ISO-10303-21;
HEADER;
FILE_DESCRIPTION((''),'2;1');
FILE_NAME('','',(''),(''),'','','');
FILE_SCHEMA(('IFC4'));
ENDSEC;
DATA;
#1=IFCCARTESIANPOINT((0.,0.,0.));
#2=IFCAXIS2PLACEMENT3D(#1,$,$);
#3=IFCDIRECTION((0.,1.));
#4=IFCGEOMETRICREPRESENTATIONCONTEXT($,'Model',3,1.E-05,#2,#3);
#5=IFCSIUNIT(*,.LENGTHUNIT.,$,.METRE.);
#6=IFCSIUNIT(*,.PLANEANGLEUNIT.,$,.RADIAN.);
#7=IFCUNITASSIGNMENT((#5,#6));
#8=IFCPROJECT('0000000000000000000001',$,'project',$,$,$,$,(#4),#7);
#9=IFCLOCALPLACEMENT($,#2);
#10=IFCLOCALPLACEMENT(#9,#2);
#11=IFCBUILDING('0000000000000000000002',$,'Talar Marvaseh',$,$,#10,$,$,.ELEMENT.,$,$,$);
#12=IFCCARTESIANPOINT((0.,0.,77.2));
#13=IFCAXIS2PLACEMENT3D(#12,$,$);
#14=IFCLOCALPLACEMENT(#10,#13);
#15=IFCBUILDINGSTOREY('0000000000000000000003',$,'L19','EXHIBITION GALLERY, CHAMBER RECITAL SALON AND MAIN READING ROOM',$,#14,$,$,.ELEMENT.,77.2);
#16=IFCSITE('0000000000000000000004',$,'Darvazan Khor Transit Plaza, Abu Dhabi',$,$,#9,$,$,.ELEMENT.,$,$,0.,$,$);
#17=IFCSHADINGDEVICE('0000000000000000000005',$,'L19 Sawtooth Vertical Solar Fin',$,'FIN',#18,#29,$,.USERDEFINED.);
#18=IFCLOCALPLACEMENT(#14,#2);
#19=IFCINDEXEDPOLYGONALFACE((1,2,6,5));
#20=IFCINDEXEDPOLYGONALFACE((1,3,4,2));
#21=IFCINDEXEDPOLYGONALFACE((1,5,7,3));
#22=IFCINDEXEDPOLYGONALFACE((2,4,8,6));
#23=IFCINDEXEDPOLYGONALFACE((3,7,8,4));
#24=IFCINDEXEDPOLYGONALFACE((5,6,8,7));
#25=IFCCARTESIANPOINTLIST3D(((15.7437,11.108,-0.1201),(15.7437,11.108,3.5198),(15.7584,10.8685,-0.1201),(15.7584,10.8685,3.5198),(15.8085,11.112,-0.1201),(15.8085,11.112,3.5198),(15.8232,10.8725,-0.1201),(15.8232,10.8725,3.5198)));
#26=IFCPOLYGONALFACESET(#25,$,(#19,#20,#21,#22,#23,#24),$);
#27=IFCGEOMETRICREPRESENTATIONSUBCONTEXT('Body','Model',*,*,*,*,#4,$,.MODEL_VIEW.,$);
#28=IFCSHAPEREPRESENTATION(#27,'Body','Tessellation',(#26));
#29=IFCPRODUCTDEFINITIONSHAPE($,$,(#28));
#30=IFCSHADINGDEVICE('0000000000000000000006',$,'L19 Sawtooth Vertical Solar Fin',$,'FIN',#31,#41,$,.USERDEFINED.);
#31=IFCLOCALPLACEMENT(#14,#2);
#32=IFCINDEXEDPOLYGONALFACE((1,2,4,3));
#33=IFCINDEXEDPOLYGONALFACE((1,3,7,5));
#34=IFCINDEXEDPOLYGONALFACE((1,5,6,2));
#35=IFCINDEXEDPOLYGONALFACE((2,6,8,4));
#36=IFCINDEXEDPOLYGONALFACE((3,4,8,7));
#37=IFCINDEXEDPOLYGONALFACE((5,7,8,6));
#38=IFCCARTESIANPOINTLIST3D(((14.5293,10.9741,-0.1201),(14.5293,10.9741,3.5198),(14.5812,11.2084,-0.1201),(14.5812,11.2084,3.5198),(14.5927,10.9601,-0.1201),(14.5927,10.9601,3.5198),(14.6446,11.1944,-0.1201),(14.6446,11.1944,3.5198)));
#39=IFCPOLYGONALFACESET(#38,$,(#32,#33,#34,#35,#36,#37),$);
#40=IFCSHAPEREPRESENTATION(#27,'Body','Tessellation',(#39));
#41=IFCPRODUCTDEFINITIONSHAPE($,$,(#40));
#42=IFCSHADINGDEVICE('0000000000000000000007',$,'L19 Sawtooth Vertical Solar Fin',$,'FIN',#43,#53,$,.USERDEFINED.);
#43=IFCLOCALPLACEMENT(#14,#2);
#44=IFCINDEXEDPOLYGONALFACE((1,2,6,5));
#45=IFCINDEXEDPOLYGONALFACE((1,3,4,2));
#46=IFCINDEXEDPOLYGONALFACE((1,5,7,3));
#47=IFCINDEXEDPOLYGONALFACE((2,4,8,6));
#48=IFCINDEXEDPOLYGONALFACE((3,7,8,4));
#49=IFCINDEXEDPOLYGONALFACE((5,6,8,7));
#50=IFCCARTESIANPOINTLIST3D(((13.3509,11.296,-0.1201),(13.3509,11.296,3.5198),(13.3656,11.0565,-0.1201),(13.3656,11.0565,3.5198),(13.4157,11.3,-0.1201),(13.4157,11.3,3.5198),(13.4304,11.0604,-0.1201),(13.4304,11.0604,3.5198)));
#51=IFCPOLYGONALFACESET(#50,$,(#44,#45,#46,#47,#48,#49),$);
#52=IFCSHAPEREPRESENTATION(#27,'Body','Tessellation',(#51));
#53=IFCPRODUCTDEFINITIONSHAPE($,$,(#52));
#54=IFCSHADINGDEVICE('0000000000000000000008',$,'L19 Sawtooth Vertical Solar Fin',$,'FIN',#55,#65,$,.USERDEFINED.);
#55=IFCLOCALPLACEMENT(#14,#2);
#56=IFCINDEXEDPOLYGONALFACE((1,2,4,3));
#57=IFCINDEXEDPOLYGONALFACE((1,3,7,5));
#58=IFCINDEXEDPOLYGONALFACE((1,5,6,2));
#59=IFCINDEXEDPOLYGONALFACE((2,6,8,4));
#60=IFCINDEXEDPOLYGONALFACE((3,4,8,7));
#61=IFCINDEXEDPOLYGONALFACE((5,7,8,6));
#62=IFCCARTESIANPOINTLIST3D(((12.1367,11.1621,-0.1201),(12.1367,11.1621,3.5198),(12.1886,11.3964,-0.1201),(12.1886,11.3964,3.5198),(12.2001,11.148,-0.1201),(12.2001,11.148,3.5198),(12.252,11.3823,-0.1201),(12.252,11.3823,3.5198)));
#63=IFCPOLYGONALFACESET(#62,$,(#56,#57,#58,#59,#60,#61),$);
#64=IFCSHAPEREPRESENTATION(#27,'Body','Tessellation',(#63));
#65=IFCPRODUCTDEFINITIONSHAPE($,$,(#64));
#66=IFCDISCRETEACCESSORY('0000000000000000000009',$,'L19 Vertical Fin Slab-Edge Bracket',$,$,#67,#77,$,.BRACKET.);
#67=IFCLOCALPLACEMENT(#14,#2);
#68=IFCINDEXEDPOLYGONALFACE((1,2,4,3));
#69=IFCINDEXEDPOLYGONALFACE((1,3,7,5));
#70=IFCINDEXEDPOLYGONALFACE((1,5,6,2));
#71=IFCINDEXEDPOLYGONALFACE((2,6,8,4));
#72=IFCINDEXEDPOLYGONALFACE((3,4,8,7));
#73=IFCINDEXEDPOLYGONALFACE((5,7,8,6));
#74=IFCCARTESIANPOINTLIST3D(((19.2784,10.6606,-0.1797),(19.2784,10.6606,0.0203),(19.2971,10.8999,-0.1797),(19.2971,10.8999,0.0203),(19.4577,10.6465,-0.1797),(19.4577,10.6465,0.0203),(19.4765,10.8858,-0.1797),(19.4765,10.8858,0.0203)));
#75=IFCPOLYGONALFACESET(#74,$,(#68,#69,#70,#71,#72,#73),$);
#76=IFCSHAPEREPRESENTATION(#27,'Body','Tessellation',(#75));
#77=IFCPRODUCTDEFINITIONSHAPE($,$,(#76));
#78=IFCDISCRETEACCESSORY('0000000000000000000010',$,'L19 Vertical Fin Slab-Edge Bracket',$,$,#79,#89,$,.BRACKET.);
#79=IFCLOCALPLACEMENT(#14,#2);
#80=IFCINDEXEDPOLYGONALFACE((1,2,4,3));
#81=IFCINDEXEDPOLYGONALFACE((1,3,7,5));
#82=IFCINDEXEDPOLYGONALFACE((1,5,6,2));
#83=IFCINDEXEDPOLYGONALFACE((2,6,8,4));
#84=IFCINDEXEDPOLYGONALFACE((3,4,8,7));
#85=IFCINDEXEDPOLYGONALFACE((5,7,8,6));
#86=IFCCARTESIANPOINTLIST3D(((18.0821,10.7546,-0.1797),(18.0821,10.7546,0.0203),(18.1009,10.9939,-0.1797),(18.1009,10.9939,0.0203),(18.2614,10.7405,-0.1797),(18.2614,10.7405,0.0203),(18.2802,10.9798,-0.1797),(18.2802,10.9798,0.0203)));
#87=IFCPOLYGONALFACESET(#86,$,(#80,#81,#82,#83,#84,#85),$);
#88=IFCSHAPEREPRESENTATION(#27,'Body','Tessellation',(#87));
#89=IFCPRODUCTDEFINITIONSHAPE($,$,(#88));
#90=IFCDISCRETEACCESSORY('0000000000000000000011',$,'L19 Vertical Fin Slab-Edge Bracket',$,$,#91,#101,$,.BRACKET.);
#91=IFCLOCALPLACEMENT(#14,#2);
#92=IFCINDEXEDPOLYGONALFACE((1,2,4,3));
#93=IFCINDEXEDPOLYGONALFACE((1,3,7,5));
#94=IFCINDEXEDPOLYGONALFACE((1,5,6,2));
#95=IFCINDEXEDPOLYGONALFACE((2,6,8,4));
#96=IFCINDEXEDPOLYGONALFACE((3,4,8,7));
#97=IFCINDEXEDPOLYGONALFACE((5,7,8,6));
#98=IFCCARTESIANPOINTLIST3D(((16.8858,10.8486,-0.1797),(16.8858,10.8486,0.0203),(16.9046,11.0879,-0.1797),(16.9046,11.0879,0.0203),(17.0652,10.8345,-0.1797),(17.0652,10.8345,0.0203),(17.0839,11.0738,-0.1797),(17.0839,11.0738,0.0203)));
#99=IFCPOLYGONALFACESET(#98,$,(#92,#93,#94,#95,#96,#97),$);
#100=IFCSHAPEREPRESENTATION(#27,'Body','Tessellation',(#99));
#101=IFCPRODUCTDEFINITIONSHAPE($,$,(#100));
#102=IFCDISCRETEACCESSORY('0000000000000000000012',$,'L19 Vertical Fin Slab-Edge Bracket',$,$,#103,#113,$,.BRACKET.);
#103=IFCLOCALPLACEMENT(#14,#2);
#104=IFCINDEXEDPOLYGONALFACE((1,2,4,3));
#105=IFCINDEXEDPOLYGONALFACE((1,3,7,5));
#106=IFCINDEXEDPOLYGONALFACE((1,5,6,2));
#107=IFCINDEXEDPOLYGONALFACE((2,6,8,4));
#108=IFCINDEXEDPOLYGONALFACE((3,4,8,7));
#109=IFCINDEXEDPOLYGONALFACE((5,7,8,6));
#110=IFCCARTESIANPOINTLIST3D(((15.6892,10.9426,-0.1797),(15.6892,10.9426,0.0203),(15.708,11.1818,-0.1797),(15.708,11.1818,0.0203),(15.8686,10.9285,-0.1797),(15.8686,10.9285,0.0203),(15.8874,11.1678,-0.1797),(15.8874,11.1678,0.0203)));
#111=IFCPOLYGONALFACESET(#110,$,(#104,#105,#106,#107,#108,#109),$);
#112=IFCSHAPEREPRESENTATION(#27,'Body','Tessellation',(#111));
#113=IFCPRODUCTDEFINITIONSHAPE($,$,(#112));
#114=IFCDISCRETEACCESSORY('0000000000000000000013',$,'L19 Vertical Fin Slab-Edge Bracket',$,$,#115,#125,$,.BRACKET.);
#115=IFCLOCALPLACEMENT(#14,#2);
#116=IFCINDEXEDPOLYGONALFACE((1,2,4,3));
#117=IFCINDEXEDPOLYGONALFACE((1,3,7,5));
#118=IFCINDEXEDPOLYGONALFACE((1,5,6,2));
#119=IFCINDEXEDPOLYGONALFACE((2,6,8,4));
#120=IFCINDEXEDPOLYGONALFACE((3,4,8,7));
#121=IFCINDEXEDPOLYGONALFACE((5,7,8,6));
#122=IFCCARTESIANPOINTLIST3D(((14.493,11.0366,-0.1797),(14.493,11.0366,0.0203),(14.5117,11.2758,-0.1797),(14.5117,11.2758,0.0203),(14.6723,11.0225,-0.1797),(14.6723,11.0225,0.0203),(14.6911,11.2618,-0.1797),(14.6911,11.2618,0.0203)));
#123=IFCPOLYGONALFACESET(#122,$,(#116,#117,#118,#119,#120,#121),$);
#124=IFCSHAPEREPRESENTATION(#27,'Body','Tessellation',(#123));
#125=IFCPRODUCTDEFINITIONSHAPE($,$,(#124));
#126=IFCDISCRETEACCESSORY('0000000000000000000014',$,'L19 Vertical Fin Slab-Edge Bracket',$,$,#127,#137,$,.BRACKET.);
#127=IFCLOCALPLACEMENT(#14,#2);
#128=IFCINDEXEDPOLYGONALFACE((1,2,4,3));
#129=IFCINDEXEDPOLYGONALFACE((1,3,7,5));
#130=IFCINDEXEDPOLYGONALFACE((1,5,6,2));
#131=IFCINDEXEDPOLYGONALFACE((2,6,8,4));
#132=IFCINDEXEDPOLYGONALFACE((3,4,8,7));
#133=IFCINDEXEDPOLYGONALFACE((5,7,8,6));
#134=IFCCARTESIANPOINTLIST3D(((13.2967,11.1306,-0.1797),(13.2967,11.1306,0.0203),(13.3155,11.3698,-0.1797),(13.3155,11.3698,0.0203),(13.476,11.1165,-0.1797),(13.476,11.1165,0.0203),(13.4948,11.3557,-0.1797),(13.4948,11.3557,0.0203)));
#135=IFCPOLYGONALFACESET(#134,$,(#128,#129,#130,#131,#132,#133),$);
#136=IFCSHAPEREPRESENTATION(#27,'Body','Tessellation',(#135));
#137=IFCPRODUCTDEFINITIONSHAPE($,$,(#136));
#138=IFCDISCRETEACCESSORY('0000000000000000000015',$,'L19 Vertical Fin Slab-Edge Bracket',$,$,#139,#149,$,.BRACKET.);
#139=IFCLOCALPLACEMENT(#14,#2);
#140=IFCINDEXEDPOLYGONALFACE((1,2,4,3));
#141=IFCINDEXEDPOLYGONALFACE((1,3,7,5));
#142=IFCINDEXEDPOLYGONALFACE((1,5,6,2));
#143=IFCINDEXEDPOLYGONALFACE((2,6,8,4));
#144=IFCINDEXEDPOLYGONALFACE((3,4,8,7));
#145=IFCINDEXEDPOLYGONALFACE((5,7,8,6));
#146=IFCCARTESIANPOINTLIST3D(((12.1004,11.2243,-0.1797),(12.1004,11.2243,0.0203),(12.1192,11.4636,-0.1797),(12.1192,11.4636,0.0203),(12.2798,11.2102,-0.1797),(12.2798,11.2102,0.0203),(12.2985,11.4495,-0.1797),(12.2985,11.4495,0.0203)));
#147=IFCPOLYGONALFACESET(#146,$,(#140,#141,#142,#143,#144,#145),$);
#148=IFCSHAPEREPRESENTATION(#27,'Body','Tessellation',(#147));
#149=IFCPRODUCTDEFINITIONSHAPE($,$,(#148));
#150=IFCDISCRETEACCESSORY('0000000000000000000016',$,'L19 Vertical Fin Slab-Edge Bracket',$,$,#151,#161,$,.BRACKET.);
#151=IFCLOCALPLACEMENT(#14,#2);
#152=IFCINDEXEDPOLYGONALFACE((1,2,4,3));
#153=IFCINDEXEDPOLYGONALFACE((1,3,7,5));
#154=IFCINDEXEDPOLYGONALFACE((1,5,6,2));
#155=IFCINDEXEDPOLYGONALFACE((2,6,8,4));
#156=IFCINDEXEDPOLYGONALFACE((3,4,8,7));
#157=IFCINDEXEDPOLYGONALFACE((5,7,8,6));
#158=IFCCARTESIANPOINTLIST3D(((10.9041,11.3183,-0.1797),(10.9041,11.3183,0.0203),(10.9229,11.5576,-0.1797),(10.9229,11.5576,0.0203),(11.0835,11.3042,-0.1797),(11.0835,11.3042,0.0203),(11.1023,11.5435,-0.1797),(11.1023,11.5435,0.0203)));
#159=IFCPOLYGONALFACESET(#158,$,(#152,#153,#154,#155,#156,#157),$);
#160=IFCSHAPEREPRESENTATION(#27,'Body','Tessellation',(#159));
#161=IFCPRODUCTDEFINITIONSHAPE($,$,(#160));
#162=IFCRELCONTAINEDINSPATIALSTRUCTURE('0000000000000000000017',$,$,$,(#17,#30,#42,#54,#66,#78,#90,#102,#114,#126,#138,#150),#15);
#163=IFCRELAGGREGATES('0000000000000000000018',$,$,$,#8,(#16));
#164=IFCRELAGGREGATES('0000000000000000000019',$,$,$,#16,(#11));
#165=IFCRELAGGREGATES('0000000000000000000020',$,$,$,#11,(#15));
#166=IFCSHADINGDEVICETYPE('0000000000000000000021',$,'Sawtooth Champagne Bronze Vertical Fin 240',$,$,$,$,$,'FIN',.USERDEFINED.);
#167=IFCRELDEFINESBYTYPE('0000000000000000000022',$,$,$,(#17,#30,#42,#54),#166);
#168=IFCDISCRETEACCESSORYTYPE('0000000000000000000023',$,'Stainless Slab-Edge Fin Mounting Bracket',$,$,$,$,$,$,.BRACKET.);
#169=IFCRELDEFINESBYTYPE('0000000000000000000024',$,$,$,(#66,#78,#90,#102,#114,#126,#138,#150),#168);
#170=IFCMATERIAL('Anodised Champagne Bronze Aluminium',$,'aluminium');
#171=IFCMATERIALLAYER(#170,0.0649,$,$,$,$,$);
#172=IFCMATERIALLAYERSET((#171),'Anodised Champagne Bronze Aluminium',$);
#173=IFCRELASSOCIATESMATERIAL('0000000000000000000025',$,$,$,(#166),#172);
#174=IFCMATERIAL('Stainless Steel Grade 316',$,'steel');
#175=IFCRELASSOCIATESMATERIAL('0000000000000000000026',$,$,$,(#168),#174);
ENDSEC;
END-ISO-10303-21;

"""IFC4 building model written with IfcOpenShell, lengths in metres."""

from ifc_helpers import new_model, si_unit, direction, frame, origin, origin_2d, place, context, subcontext, project, spatial, rectangle, extrude, source, transform, mapped, material, layer, layer_set, type_object, type_shapes, element, save


model = new_model("IFC4")

# Units and contexts
model_context = context("Model", 3, precision=1e-05, world=origin(), true_north=direction((0.0, 1.0)))
body_context = subcontext(model_context, "Body", "Model", "MODEL_VIEW")
ifc_project = project(units=[si_unit("LENGTHUNIT", "METRE"), si_unit("PLANEANGLEUNIT", "RADIAN")], contexts=[model_context])

# Site, building, storey
site_placement = place(None, origin())
site = spatial("IfcSite", under=ifc_project, at=site_placement, Name="Darvazan Khor Transit Plaza, Abu Dhabi", CompositionType="ELEMENT", RefElevation=0.0)
building_placement = place(site_placement, origin())
building = spatial("IfcBuilding", under=site, at=building_placement, Name="Talar Marvaseh", CompositionType="ELEMENT")
storey_placement = place(building_placement, frame((0.0, 0.0, 77.2)))
storey = spatial("IfcBuildingStorey", under=building, at=storey_placement, Name="L19", Description="EXHIBITION GALLERY, CHAMBER RECITAL SALON AND MAIN READING ROOM", CompositionType="ELEMENT", Elevation=77.2)

# Shading devices
ifc_material_1 = material(Name="Anodised Champagne Bronze Aluminium", Category="aluminium")
ifc_layer_1 = layer(ifc_material_1, 0.0649)
ifc_layer_set_1 = layer_set([ifc_layer_1], Name="Anodised Champagne Bronze Aluminium")
shading_device_type = type_object("IfcShadingDeviceType", Name="Sawtooth Champagne Bronze Vertical Fin 240", ElementType="FIN", PredefinedType="USERDEFINED", material=ifc_layer_set_1)
shared_shape_1 = source(origin(), body_context, "Body", "SweptSolid", [
    extrude(rectangle(XDim=0.24, YDim=0.0649, at=origin_2d()), origin(), (0.0, 0.0, 1.0), 3.6399),
])
type_shapes(shading_device_type, [shared_shape_1])
for number, where, z_axis, x_axis, name in (
    (1, (15.7834, 10.9902, -0.1201), (0.0, 0.0, 1.0), (0.061223, -0.998124, 0.0), "L19 Sawtooth Vertical Solar Fin"),
    (2, (14.5869, 11.0842, -0.1201), (0.0, 0.0, 1.0), (-0.216269, -0.976334, 0.0), "L19 Sawtooth Vertical Solar Fin"),
    (3, (13.3906, 11.1782, -0.1201), (0.0, 0.0, 1.0), (0.061223, -0.998124, 0.0), "L19 Sawtooth Vertical Solar Fin"),
    (4, (12.1943, 11.2722, -0.1201), (0.0, 0.0, 1.0), (-0.216269, -0.976334, 0.0), "L19 Sawtooth Vertical Solar Fin"),
):
    element("IfcShadingDevice", number, at=place(storey_placement, frame(where, z_axis=z_axis, x_axis=x_axis)), inside=storey, type_object=shading_device_type, Name=name, ObjectType="FIN", PredefinedType="USERDEFINED", context=body_context, shape_type="MappedRepresentation", body=[
        mapped(shared_shape_1, transform((0.0, 0.0, 0.0), x_axis=(1.0, 0.0, 0.0), y_axis=(0.0, 1.0, 0.0), z_axis=(0.0, 0.0, 1.0), scale=1.0)),
    ])

# Discrete accessories
ifc_material_2 = material(Name="Stainless Steel Grade 316", Category="steel")
discrete_accessory_type = type_object("IfcDiscreteAccessoryType", Name="Stainless Slab-Edge Fin Mounting Bracket", PredefinedType="BRACKET", material=ifc_material_2)
shared_shape_2 = source(origin(), body_context, "Body", "SweptSolid", [
    extrude(rectangle(XDim=0.24, YDim=0.1799, at=origin_2d()), origin(), (0.0, 0.0, 1.0), 0.2),
])
type_shapes(discrete_accessory_type, [shared_shape_2])
for number, where, z_axis, x_axis, name in (
    (5, (19.3774, 10.7732, -0.1797), (0.0, 0.0, 1.0), (-0.078285, -0.996931, 0.0), "L19 Vertical Fin Slab-Edge Bracket"),
    (6, (18.1812, 10.8672, -0.1797), (0.0, 0.0, 1.0), (-0.078285, -0.996931, 0.0), "L19 Vertical Fin Slab-Edge Bracket"),
    (7, (16.9849, 10.9612, -0.1797), (0.0, 0.0, 1.0), (-0.078285, -0.996931, 0.0), "L19 Vertical Fin Slab-Edge Bracket"),
    (8, (15.7883, 11.0552, -0.1797), (0.0, 0.0, 1.0), (-0.078285, -0.996931, 0.0), "L19 Vertical Fin Slab-Edge Bracket"),
    (9, (14.592, 11.1492, -0.1797), (0.0, 0.0, 1.0), (-0.078285, -0.996931, 0.0), "L19 Vertical Fin Slab-Edge Bracket"),
    (10, (13.3958, 11.2432, -0.1797), (0.0, 0.0, 1.0), (-0.078285, -0.996931, 0.0), "L19 Vertical Fin Slab-Edge Bracket"),
    (11, (12.1995, 11.3369, -0.1797), (0.0, 0.0, 1.0), (-0.078285, -0.996931, 0.0), "L19 Vertical Fin Slab-Edge Bracket"),
    (12, (11.0032, 11.4309, -0.1797), (0.0, 0.0, 1.0), (-0.078285, -0.996931, 0.0), "L19 Vertical Fin Slab-Edge Bracket"),
):
    element("IfcDiscreteAccessory", number, at=place(storey_placement, frame(where, z_axis=z_axis, x_axis=x_axis)), inside=storey, type_object=discrete_accessory_type, Name=name, PredefinedType="BRACKET", context=body_context, shape_type="MappedRepresentation", body=[
        mapped(shared_shape_2, transform((0.0, 0.0, 0.0), x_axis=(1.0, 0.0, 0.0), y_axis=(0.0, 1.0, 0.0), z_axis=(0.0, 0.0, 1.0), scale=1.0)),
    ])

save(model, "model.ifc")
